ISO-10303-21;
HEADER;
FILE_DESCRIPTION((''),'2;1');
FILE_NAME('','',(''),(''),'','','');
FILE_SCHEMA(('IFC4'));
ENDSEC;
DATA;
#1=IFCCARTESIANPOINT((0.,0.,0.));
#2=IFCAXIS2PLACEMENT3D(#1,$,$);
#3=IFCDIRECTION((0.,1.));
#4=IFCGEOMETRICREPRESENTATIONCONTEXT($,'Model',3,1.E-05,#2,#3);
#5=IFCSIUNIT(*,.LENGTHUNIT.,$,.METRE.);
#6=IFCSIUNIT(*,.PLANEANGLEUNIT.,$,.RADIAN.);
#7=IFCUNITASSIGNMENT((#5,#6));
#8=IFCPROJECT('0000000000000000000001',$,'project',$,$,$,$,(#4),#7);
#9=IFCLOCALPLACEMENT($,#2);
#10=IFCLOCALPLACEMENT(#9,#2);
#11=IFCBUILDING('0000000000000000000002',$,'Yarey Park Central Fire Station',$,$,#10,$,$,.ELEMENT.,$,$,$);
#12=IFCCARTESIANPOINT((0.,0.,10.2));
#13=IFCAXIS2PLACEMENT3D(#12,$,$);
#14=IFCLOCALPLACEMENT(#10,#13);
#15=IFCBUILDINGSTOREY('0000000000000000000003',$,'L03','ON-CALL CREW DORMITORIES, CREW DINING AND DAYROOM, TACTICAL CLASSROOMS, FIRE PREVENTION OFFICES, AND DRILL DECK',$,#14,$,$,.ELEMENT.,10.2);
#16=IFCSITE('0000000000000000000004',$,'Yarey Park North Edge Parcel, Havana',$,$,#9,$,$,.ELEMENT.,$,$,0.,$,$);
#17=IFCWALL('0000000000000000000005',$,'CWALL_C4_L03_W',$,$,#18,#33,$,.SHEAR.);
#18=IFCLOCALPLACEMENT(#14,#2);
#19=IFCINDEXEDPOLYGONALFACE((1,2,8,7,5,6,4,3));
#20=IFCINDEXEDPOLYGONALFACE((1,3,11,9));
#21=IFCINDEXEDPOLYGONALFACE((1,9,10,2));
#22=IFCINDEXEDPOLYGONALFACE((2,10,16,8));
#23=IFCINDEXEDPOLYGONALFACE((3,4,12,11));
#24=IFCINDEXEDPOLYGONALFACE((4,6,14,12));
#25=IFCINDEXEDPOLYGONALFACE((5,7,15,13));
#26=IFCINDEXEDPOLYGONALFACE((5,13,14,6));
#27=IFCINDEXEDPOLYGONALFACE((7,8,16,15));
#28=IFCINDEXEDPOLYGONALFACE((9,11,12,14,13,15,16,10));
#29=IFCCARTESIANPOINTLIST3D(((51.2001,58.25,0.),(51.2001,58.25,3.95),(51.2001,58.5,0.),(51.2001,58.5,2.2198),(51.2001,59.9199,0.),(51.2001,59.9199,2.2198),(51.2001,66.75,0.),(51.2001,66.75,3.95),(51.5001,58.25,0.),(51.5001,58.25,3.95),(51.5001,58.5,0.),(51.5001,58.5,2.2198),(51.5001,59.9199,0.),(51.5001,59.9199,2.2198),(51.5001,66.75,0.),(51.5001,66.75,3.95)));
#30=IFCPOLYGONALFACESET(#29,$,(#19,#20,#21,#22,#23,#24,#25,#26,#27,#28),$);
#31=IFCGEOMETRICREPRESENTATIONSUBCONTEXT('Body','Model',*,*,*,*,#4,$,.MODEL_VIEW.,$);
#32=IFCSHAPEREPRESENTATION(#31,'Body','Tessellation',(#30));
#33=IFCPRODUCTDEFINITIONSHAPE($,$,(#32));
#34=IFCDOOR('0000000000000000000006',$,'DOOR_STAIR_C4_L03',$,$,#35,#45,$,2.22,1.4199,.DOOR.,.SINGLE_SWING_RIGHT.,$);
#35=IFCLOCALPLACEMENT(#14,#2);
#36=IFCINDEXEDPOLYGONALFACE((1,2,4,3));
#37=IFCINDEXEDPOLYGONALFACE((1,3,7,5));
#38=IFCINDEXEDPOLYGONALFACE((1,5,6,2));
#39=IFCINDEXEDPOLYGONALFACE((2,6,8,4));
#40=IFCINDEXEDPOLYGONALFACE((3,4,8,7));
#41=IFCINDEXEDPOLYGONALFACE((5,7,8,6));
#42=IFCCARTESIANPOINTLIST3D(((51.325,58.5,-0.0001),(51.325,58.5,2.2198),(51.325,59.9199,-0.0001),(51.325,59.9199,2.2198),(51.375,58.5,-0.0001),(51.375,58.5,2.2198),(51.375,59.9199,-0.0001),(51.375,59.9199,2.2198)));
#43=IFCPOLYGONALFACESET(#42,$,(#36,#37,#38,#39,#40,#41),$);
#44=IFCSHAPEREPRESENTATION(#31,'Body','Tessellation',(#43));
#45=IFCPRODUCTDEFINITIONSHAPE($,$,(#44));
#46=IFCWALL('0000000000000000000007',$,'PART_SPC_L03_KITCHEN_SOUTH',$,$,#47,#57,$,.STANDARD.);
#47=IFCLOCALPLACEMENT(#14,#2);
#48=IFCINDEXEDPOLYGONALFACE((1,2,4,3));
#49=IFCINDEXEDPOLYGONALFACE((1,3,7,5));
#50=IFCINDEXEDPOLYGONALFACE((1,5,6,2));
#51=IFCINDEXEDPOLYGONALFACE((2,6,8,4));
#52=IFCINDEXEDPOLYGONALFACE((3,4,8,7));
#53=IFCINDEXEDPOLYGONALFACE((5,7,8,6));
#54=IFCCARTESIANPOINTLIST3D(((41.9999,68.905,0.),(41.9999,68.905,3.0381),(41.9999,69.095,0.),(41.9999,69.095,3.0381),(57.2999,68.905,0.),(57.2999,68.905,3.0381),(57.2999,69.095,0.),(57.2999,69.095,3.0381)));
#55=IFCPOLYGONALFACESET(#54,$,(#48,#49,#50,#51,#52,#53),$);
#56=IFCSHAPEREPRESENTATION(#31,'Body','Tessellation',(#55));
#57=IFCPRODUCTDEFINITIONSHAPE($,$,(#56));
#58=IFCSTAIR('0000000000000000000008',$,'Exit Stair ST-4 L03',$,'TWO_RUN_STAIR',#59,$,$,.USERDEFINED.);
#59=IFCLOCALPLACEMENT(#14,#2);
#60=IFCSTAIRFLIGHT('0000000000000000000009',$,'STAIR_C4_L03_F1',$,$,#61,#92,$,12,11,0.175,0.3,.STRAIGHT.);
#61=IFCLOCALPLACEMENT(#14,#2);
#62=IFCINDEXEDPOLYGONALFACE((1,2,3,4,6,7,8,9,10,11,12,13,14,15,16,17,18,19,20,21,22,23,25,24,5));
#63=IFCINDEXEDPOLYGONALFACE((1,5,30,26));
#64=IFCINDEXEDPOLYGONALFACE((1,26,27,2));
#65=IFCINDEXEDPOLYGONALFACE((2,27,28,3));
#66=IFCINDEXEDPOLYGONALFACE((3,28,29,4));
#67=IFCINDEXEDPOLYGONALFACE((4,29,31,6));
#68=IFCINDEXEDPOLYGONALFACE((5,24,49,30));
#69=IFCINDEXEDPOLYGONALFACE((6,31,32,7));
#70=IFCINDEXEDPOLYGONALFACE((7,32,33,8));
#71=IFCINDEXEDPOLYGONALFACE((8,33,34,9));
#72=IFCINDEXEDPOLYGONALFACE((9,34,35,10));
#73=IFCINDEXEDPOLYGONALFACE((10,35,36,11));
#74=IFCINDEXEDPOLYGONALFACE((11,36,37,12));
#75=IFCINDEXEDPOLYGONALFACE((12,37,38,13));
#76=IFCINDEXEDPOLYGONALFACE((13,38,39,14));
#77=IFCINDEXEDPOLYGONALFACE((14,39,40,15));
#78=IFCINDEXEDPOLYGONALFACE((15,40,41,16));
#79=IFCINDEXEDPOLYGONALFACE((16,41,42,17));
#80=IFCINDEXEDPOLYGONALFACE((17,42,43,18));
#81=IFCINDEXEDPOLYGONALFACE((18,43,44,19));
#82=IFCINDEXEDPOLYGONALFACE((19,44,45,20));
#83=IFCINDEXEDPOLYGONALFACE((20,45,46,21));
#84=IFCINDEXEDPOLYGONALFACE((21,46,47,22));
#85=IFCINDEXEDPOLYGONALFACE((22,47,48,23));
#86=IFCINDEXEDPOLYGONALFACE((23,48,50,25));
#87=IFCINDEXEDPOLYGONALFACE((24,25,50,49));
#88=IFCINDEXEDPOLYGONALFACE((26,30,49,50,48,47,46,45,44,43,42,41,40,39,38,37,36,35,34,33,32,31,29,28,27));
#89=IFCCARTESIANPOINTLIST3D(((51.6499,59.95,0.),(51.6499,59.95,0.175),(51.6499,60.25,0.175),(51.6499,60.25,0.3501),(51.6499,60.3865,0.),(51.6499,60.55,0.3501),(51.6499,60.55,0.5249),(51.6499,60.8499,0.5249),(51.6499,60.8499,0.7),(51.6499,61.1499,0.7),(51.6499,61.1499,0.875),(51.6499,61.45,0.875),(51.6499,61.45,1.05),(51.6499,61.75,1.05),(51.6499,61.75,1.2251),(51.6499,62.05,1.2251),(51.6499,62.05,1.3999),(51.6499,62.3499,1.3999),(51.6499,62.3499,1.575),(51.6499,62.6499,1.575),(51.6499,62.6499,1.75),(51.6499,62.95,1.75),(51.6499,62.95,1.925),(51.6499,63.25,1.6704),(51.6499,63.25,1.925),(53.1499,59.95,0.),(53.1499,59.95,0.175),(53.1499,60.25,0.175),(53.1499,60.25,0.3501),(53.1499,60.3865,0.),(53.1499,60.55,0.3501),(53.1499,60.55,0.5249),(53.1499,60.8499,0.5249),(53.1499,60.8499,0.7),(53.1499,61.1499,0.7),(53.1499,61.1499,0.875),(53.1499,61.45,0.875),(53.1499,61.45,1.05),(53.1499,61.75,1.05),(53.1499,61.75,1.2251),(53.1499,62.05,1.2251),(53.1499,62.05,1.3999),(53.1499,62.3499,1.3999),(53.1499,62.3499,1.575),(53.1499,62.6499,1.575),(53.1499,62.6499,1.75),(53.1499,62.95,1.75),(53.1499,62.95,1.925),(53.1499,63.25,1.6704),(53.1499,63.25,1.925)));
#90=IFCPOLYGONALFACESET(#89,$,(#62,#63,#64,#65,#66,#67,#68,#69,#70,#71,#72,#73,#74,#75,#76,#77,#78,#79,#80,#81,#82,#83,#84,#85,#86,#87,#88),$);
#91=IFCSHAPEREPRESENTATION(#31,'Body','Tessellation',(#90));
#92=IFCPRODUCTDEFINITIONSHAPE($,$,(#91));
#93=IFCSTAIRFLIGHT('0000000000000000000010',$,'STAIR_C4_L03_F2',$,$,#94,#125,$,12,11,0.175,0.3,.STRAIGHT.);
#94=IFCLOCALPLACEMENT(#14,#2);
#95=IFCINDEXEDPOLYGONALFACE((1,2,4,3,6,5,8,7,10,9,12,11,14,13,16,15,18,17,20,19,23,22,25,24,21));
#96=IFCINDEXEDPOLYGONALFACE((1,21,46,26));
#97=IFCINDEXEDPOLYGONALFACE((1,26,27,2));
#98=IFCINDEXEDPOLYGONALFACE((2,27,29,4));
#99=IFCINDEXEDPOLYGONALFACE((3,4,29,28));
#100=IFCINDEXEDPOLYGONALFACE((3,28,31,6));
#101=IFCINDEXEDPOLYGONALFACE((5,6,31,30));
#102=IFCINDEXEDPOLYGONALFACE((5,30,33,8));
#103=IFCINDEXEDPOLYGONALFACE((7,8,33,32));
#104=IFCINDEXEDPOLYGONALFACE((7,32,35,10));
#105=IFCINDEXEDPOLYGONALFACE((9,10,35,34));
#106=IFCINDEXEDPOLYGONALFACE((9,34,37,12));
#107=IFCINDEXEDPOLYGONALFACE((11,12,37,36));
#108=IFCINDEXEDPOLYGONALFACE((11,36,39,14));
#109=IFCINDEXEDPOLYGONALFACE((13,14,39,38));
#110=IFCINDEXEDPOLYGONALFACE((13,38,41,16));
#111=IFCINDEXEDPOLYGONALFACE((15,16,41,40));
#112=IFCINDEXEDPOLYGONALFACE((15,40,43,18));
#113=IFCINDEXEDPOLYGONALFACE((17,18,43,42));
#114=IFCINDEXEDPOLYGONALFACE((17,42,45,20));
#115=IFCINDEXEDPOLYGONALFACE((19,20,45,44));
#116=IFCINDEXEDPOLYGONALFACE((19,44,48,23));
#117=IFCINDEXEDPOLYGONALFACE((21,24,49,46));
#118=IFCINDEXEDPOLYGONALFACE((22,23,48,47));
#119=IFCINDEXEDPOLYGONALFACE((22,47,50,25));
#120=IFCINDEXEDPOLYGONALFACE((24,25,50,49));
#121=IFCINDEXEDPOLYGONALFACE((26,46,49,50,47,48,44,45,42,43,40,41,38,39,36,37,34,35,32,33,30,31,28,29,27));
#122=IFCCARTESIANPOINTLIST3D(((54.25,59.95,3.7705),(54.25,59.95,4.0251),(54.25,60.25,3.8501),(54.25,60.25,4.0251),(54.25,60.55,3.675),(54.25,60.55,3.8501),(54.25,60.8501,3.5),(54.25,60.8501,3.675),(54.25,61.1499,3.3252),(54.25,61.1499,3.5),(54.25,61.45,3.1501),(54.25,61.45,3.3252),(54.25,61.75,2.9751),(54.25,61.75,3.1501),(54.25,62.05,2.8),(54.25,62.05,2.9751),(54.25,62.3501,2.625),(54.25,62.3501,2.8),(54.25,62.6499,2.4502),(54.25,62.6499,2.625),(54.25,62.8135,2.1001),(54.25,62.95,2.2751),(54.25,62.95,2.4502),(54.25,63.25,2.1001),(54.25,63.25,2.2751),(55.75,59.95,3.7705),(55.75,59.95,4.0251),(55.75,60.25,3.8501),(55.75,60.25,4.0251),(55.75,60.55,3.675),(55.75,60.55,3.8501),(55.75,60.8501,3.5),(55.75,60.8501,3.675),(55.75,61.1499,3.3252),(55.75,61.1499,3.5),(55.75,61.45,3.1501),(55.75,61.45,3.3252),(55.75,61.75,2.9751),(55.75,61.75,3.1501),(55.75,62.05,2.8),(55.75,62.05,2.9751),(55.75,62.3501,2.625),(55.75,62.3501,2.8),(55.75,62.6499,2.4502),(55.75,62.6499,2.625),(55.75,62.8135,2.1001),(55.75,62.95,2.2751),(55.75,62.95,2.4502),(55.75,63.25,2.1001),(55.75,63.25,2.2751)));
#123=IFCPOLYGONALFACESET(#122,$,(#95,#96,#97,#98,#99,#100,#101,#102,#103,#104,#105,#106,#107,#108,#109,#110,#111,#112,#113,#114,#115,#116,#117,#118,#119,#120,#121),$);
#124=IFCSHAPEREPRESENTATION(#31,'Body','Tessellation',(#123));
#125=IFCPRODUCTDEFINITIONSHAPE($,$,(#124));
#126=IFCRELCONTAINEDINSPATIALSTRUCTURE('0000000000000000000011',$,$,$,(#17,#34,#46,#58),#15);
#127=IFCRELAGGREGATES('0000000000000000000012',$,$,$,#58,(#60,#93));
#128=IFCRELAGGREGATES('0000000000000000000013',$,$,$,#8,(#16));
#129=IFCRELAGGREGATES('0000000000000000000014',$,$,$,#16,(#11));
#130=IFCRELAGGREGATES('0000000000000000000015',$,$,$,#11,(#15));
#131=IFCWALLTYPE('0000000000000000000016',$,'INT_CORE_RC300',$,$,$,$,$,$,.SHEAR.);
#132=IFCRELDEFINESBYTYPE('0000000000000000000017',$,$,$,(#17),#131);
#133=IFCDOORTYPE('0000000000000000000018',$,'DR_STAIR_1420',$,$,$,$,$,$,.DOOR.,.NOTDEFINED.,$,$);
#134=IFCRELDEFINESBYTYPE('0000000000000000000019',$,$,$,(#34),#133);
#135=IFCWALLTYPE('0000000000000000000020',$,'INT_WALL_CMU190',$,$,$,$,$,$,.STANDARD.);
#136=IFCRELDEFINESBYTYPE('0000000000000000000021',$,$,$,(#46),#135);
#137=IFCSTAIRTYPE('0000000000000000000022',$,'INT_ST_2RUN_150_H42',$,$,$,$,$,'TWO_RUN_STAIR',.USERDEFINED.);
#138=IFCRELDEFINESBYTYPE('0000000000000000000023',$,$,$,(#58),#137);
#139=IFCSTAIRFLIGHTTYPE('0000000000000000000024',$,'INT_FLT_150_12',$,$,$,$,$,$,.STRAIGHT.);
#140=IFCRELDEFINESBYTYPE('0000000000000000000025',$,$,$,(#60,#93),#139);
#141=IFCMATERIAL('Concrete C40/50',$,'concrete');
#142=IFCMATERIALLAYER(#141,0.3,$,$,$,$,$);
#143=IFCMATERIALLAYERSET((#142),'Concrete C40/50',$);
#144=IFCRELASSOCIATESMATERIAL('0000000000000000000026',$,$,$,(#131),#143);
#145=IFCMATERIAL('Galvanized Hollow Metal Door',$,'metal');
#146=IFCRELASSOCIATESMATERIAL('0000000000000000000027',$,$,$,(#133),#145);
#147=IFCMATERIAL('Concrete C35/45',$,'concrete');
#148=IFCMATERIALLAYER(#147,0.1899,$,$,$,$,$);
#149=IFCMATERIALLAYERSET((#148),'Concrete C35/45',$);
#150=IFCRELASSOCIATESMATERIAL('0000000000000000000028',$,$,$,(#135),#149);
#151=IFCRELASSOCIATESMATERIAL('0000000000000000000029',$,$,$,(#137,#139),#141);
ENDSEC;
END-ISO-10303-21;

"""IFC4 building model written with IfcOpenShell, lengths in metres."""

from ifc_helpers import new_model, si_unit, direction, frame, frame_2d, origin, place, context, subcontext, project, spatial, polyline, rectangle, outline, extrude, material, layer, layer_set, type_object, element, fill, aggregate, save


model = new_model("IFC4")

# Units and contexts
model_context = context("Model", 3, precision=1e-05, world=origin(), true_north=direction((0.0, 1.0)))
body_context = subcontext(model_context, "Body", "Model", "MODEL_VIEW")
ifc_project = project(units=[si_unit("LENGTHUNIT", "METRE"), si_unit("PLANEANGLEUNIT", "RADIAN")], contexts=[model_context])

# Site, building, storey
site_placement = place(None, origin())
site = spatial("IfcSite", under=ifc_project, at=site_placement, Name="Yarey Park North Edge Parcel, Havana", CompositionType="ELEMENT", RefElevation=0.0)
building_placement = place(site_placement, origin())
building = spatial("IfcBuilding", under=site, at=building_placement, Name="Yarey Park Central Fire Station", CompositionType="ELEMENT")
storey_placement = place(building_placement, frame((0.0, 0.0, 10.2)))
storey = spatial("IfcBuildingStorey", under=building, at=storey_placement, Name="L03", Description="ON-CALL CREW DORMITORIES, CREW DINING AND DAYROOM, TACTICAL CLASSROOMS, FIRE PREVENTION OFFICES, AND DRILL DECK", CompositionType="ELEMENT", Elevation=10.2)

# Shared definitions
ifc_material_1 = material(Name="Concrete C40/50", Category="concrete")

# Shared definitions
ifc_layer_1 = layer(ifc_material_1, 0.3)
ifc_layer_set_1 = layer_set([ifc_layer_1], Name="Concrete C40/50")
wall_type_1 = type_object("IfcWallType", Name="INT_CORE_RC300", PredefinedType="SHEAR", material=ifc_layer_set_1)

# Wall, opening, door
wall_1_placement = place(storey_placement, frame((51.3501, 66.75, 0.0), z_axis=(0.0, 0.0, 1.0), x_axis=(0.0, -1.0, 0.0)))
wall_1 = element("IfcWall", 1, at=wall_1_placement, inside=storey, type_object=wall_type_1, Name="CWALL_C4_L03_W", PredefinedType="SHEAR", context=body_context, shape_type="SweptSolid", body=[
    extrude(rectangle(XDim=8.5, YDim=0.3, at=frame_2d((4.25, 0.0))), origin(), (0.0, 0.0, 1.0), 3.95),
])
opening_1_placement = place(wall_1_placement, frame((6.8301, 0.0, 0.0)))
opening_1 = element("IfcOpeningElement", 2, at=opening_1_placement, cuts=wall_1, PredefinedType="OPENING", context=body_context, shape_type="SweptSolid", body=[
    extrude(rectangle(XDim=1.4199, YDim=2.22, at=frame_2d((0.71, 1.1099))), frame((0.0, 0.1599, 0.0), z_axis=(0.0, -1.0, 0.0), x_axis=(1.0, 0.0, 0.0)), (0.0, 0.0, 1.0), 0.3201),
])
ifc_material_2 = material(Name="Galvanized Hollow Metal Door", Category="metal")
door_type_1 = type_object("IfcDoorType", Name="DR_STAIR_1420", OperationType="NOTDEFINED", PredefinedType="DOOR", material=ifc_material_2)
door_1_placement = place(opening_1_placement, origin())
door_1 = element("IfcDoor", 3, at=door_1_placement, inside=storey, type_object=door_type_1, Name="DOOR_STAIR_C4_L03", OperationType="SINGLE_SWING_RIGHT", OverallHeight=2.22, OverallWidth=1.4199, PredefinedType="DOOR", context=body_context, shape_type="SweptSolid", body=[
    extrude(rectangle(XDim=1.4199, YDim=2.22, at=frame_2d((0.71, 1.1099))), frame((0.0, 0.0249, 0.0), z_axis=(0.0, -1.0, 0.0), x_axis=(1.0, 0.0, 0.0)), (0.0, 0.0, 1.0), 0.05),
])
fill(opening_1, door_1)

# Wall
ifc_material_3 = material(Name="Concrete C35/45", Category="concrete")
ifc_layer_2 = layer(ifc_material_3, 0.1899)
ifc_layer_set_2 = layer_set([ifc_layer_2], Name="Concrete C35/45")
wall_type_2 = type_object("IfcWallType", Name="INT_WALL_CMU190", PredefinedType="STANDARD", material=ifc_layer_set_2)
wall_2_placement = place(storey_placement, frame((42.0, 69.0, 0.0), z_axis=(0.0, 0.0, 1.0), x_axis=(1.0, 0.0, 0.0)))
element("IfcWall", 4, at=wall_2_placement, inside=storey, type_object=wall_type_2, Name="PART_SPC_L03_KITCHEN_SOUTH", PredefinedType="STANDARD", context=body_context, shape_type="SweptSolid", body=[
    extrude(rectangle(XDim=15.3, YDim=0.1899, at=frame_2d((7.6499, 0.0))), origin(), (0.0, 0.0, 1.0), 3.0381),
])

# Stair, stair flights
stair_type = type_object("IfcStairType", Name="INT_ST_2RUN_150_H42", ElementType="TWO_RUN_STAIR", PredefinedType="USERDEFINED", material=ifc_material_1)
stair_placement = place(storey_placement, origin())
stair = element("IfcStair", 5, at=stair_placement, inside=storey, type_object=stair_type, Name="Exit Stair ST-4 L03", ObjectType="TWO_RUN_STAIR", PredefinedType="USERDEFINED")
stair_flight_type = type_object("IfcStairFlightType", Name="INT_FLT_150_12", PredefinedType="STRAIGHT", material=ifc_material_1)
stair_flight_1_placement = place(storey_placement, frame((52.3999, 59.95, 0.0), z_axis=(0.0, 0.0, 1.0), x_axis=(0.0, 1.0, 0.0)))
stair_flight_1 = element("IfcStairFlight", 6, at=stair_flight_1_placement, type_object=stair_flight_type, Name="STAIR_C4_L03_F1", NumberOfRisers=12, NumberOfTreads=11, PredefinedType="STRAIGHT", RiserHeight=0.175, TreadLength=0.3, context=body_context, shape_type="SweptSolid", body=[
    extrude(outline(polyline([(0.0, 0.0), (0.0, 0.175), (0.3, 0.175), (0.3, 0.3501), (0.6001, 0.3501), (0.6001, 0.5249), (0.8999, 0.5249), (0.8999, 0.7), (1.2, 0.7), (1.2, 0.875), (1.5, 0.875), (1.5, 1.05), (1.8, 1.05), (1.8, 1.2251), (2.1001, 1.2251), (2.1001, 1.3999), (2.3999, 1.3999), (2.3999, 1.575), (2.7, 1.575), (2.7, 1.75), (3.0, 1.75), (3.0, 1.925), (3.3, 1.925), (3.3, 2.1001), (3.3, 1.6704), (0.4365, 0.0), (0.0, 0.0)])), frame((0.0, 0.75, 0.0), z_axis=(0.0, -1.0, 0.0), x_axis=(1.0, 0.0, 0.0)), (0.0, 0.0, 1.0), 1.5),
])
stair_flight_2_placement = place(storey_placement, frame((55.0, 63.25, 2.1001), z_axis=(0.0, 0.0, 1.0), x_axis=(0.0, -1.0, 0.0)))
stair_flight_2 = element("IfcStairFlight", 7, at=stair_flight_2_placement, type_object=stair_flight_type, Name="STAIR_C4_L03_F2", NumberOfRisers=12, NumberOfTreads=11, PredefinedType="STRAIGHT", RiserHeight=0.175, TreadLength=0.3, context=body_context, shape_type="SweptSolid", body=[
    extrude(outline(polyline([(0.0, 0.0), (0.0, 0.175), (0.3, 0.175), (0.3, 0.3501), (0.6001, 0.3501), (0.6001, 0.5249), (0.8999, 0.5249), (0.8999, 0.7), (1.2, 0.7), (1.2, 0.875), (1.5, 0.875), (1.5, 1.05), (1.8, 1.05), (1.8, 1.2251), (2.1001, 1.2251), (2.1001, 1.3999), (2.3999, 1.3999), (2.3999, 1.575), (2.7, 1.575), (2.7, 1.75), (3.0, 1.75), (3.0, 1.925), (3.3, 1.925), (3.3, 2.1001), (3.3, 1.6704), (0.4365, 0.0), (0.0, 0.0)])), frame((0.0, 0.75, 0.0), z_axis=(0.0, -1.0, 0.0), x_axis=(1.0, 0.0, 0.0)), (0.0, 0.0, 1.0), 1.5),
])
aggregate(stair, [stair_flight_1, stair_flight_2])

save(model, "model.ifc")
